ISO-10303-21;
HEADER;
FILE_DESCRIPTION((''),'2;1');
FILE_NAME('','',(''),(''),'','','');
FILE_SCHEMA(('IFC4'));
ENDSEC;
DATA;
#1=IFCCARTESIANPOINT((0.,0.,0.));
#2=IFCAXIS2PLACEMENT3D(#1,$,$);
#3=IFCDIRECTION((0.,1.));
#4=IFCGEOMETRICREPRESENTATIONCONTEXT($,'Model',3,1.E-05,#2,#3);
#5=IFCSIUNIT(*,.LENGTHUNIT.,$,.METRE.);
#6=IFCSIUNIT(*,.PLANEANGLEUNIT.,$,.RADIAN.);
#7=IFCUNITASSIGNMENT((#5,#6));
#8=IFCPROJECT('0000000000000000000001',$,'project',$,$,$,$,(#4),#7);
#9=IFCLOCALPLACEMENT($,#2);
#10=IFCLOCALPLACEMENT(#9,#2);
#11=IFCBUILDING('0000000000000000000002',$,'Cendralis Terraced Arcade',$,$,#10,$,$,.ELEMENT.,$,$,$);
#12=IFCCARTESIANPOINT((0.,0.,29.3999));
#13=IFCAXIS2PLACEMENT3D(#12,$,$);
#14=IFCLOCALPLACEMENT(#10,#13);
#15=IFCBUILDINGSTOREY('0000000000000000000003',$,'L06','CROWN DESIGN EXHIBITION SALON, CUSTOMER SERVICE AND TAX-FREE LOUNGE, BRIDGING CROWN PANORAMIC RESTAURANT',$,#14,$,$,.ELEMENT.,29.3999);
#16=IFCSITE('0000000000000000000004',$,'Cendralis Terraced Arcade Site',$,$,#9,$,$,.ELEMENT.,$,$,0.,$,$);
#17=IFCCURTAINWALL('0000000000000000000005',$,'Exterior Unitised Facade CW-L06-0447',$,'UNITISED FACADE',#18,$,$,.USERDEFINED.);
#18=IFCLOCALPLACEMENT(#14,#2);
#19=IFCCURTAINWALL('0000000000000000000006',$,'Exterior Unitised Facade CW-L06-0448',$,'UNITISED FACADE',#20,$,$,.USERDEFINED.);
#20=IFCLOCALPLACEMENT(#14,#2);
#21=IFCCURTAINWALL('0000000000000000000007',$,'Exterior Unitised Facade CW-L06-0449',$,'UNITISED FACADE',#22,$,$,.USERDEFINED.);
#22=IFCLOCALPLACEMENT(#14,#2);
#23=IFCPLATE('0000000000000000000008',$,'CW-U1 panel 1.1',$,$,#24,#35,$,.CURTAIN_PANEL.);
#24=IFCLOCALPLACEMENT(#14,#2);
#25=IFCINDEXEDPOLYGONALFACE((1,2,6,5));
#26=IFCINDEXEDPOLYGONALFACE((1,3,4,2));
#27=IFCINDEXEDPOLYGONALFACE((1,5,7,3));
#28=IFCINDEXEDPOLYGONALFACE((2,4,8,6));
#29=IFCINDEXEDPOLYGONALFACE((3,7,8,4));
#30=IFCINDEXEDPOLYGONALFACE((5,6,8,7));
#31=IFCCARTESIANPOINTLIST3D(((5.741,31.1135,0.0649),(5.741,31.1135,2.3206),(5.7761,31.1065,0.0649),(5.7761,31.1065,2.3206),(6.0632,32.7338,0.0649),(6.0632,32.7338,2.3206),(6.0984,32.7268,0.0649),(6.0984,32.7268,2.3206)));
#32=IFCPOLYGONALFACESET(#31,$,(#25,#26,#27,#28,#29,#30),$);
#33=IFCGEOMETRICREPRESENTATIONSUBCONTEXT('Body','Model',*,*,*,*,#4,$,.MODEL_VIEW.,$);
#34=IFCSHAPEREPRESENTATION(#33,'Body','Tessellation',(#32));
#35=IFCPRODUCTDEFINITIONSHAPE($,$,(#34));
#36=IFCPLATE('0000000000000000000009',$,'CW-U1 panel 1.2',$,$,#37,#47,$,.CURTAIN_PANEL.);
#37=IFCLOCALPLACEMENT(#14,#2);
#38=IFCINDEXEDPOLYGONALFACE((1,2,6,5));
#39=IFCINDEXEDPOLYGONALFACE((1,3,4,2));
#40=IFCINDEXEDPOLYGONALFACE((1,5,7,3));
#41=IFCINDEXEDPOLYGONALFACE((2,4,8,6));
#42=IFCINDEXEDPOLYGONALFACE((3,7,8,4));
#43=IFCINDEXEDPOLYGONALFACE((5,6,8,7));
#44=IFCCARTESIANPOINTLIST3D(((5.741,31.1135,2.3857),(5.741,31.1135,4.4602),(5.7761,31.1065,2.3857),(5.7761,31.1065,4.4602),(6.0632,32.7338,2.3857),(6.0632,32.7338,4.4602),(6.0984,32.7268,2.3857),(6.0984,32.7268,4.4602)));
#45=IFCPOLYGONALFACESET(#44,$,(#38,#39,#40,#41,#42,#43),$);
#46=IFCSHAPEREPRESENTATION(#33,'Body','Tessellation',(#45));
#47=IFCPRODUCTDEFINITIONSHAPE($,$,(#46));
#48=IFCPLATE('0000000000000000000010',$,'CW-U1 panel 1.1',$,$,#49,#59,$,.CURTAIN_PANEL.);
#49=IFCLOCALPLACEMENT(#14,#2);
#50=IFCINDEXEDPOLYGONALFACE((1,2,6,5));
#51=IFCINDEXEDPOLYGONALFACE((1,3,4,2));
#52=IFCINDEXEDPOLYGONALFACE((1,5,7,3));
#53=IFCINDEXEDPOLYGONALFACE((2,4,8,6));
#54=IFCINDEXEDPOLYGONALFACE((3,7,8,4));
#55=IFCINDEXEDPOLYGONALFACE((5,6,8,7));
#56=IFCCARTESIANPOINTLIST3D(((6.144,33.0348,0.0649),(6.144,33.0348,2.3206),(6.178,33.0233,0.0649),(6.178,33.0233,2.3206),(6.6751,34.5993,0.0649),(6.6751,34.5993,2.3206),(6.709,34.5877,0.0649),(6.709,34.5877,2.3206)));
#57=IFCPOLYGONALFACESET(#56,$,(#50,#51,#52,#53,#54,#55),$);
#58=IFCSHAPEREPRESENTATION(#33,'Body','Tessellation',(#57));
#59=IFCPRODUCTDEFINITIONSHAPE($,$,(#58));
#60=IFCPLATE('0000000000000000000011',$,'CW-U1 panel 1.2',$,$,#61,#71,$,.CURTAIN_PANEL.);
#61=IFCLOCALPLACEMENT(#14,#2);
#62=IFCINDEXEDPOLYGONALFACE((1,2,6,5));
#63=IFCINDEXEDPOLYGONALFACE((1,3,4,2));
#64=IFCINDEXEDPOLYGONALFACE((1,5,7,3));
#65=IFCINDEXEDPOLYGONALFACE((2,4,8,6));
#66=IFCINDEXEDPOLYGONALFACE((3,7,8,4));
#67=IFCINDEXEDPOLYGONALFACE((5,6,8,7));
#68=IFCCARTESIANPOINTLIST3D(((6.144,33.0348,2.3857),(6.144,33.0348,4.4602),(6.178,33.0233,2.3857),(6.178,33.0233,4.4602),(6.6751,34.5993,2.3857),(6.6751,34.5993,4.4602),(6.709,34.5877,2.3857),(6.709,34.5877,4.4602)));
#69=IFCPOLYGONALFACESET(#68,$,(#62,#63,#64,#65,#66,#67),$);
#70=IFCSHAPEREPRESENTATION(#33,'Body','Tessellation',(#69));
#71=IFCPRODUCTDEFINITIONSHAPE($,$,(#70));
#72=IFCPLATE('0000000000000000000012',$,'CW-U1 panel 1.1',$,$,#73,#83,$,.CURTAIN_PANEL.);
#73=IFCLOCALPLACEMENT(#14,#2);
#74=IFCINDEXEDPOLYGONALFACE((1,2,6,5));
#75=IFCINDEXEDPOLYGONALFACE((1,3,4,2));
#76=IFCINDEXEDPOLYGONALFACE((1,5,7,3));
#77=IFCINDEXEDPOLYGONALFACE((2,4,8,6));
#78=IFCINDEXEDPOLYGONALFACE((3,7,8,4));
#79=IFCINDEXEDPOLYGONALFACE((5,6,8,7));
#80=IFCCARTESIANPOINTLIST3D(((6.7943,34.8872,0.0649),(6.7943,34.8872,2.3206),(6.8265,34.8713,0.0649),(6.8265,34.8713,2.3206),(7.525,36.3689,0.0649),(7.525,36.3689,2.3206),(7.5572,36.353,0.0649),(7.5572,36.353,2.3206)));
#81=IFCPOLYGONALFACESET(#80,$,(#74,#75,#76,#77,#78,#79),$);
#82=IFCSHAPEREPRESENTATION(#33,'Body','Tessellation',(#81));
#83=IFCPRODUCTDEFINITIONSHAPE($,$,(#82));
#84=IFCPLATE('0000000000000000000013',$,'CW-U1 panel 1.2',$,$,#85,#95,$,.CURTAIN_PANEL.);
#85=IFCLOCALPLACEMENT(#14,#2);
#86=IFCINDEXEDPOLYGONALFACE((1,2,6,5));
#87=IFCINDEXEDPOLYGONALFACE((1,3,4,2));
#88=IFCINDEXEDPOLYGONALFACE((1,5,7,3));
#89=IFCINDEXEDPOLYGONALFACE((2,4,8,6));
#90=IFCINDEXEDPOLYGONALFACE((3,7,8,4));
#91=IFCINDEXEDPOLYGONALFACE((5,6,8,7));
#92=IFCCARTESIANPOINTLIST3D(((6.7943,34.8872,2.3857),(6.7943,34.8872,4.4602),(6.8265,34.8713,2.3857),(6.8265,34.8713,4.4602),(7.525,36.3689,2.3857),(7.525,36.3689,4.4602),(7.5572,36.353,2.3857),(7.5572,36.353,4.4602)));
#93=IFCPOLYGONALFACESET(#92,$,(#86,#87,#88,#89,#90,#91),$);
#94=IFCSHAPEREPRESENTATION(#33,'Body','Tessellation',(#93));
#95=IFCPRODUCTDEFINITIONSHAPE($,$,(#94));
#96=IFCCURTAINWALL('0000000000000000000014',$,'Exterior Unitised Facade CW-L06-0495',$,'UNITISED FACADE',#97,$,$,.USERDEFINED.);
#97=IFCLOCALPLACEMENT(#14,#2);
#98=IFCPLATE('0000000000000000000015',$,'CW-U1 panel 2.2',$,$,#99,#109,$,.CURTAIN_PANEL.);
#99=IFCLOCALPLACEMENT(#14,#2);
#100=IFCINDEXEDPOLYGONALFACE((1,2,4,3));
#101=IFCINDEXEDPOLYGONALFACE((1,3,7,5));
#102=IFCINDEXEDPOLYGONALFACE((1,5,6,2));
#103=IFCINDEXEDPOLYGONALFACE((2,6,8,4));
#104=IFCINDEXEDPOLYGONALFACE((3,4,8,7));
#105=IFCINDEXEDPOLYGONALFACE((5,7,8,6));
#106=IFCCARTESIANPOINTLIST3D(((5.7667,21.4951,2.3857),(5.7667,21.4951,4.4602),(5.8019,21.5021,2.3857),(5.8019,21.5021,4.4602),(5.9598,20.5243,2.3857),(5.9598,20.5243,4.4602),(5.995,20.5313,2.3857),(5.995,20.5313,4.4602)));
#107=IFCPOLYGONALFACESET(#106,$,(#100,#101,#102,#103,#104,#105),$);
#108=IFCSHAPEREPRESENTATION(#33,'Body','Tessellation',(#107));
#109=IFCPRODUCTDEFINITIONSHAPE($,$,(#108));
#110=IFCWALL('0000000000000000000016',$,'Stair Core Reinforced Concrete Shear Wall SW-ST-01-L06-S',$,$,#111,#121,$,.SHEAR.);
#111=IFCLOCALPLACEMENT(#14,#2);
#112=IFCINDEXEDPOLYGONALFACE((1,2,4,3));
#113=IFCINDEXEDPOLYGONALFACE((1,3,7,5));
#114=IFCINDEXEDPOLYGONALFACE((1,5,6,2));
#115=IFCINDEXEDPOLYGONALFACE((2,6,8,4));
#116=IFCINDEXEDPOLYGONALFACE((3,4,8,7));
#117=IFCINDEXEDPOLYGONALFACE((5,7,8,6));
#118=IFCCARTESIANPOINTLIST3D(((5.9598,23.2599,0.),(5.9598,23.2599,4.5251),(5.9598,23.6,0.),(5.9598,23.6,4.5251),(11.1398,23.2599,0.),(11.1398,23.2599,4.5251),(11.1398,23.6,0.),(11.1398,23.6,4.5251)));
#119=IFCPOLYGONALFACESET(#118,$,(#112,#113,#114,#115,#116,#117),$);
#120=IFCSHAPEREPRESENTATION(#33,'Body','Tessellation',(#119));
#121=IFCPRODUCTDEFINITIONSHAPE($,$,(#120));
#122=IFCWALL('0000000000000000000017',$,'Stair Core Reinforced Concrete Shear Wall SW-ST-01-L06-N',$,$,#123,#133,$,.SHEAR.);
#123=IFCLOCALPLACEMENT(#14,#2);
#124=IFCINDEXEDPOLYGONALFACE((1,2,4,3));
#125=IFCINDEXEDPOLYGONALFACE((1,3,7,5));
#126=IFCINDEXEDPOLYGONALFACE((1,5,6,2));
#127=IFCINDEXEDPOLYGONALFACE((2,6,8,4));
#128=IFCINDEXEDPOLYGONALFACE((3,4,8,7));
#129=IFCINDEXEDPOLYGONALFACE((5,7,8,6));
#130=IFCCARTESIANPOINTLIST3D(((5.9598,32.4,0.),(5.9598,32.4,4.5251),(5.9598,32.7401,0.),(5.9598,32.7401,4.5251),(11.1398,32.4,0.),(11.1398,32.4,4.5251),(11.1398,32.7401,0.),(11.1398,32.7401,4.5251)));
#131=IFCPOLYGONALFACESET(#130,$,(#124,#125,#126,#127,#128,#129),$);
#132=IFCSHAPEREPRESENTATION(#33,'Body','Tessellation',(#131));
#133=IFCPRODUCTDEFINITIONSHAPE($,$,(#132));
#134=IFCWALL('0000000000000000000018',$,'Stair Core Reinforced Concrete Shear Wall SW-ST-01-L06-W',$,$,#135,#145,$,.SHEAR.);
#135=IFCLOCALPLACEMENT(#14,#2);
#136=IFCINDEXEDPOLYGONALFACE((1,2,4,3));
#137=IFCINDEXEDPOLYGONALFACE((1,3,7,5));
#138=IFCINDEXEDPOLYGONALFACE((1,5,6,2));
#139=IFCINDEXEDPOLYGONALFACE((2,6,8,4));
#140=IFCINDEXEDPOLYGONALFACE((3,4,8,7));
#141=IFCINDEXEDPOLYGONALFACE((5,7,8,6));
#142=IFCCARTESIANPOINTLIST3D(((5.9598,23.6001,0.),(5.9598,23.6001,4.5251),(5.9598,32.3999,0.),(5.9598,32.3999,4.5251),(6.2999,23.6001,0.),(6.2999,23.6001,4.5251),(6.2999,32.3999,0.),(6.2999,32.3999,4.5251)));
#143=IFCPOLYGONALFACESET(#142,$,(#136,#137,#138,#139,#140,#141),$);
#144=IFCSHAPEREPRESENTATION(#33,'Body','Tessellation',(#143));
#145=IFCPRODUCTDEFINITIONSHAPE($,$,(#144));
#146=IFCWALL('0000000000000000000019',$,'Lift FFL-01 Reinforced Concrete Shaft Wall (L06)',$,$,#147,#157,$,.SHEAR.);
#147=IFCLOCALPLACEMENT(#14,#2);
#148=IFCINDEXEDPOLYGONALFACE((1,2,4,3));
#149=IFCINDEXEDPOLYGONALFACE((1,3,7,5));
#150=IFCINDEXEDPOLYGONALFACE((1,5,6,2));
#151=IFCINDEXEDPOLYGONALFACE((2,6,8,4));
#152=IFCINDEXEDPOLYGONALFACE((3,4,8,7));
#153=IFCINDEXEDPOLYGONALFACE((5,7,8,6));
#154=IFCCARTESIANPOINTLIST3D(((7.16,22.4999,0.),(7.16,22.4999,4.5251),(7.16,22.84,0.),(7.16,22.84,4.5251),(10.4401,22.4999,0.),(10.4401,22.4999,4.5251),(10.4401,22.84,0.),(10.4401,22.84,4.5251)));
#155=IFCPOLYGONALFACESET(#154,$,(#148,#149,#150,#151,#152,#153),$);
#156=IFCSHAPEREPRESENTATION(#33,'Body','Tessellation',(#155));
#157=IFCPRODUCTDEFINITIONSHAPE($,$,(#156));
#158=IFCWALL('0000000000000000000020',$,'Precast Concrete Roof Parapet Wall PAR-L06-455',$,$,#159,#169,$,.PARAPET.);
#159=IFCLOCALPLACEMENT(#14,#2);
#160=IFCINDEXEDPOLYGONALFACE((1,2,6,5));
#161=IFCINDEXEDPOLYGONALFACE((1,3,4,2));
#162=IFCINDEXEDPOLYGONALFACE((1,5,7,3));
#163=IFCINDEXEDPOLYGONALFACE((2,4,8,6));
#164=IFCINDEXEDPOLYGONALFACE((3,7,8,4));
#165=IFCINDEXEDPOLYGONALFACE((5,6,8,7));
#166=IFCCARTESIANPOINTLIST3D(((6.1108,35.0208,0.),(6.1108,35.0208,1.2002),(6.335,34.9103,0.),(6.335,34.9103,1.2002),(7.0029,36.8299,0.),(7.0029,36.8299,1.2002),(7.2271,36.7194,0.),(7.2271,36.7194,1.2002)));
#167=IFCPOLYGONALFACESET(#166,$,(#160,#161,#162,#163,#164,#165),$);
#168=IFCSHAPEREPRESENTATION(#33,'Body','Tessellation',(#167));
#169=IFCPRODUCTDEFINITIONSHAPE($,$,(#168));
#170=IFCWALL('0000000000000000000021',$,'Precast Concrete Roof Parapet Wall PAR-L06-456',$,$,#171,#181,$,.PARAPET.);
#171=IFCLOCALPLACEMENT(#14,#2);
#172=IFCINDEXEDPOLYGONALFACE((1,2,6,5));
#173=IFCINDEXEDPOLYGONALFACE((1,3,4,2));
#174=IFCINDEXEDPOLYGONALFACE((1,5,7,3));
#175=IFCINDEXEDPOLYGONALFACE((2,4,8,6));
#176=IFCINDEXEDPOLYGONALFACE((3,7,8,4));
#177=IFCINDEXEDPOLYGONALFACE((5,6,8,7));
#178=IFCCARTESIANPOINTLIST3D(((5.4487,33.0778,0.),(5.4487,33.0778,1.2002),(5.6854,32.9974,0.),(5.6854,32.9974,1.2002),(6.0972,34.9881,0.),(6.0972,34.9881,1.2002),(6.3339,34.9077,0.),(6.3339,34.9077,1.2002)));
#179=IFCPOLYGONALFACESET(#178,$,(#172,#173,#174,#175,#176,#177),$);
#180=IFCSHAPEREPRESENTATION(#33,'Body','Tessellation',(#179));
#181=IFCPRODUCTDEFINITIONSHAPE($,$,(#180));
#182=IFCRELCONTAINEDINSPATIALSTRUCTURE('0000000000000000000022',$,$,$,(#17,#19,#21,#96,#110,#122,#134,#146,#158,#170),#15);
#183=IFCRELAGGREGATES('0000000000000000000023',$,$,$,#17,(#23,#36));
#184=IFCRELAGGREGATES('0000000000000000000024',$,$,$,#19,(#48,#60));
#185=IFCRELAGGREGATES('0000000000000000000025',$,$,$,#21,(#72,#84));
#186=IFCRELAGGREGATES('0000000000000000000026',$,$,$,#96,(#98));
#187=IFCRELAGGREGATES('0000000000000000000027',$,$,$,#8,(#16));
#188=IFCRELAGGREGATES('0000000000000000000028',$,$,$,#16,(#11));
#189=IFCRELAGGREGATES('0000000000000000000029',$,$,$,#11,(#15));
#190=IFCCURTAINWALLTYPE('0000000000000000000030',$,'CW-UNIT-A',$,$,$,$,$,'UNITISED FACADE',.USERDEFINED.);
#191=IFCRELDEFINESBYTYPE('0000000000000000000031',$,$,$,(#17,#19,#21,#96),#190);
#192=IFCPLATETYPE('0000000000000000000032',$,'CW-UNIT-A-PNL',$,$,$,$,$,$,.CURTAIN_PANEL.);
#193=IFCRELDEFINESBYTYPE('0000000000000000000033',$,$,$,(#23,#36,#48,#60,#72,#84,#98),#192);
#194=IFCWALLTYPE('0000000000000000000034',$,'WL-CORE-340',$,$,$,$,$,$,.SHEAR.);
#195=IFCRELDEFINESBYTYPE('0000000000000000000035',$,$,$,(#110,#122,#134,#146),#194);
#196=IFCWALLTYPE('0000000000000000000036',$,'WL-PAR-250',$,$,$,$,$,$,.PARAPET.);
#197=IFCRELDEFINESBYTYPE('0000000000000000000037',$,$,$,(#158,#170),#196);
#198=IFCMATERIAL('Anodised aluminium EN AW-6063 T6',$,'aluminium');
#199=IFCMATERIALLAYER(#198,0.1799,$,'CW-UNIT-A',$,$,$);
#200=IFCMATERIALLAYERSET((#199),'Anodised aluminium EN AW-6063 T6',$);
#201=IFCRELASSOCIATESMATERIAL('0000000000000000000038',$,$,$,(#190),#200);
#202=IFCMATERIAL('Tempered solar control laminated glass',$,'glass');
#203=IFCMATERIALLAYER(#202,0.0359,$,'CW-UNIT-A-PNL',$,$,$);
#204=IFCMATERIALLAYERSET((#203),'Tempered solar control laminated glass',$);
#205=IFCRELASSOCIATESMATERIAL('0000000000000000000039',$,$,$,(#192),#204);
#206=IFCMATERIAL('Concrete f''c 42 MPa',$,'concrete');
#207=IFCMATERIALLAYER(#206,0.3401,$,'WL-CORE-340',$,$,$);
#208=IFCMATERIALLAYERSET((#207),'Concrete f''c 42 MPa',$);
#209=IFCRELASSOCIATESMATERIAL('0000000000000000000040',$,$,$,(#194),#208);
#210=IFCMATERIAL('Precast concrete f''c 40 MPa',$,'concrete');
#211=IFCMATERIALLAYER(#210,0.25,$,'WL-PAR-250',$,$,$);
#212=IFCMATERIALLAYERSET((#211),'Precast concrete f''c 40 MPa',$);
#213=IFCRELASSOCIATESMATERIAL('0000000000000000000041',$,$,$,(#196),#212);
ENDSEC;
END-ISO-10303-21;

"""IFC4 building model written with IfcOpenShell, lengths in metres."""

from ifc_helpers import new_model, si_unit, direction, frame, frame_2d, origin, origin_2d, place, context, subcontext, project, spatial, rectangle, extrude, material, layer, layer_set, type_object, element, aggregate, save


model = new_model("IFC4")

# Units and contexts
model_context = context("Model", 3, precision=1e-05, world=origin(), true_north=direction((0.0, 1.0)))
body_context = subcontext(model_context, "Body", "Model", "MODEL_VIEW")
ifc_project = project(units=[si_unit("LENGTHUNIT", "METRE"), si_unit("PLANEANGLEUNIT", "RADIAN")], contexts=[model_context])

# Site, building, storey
site_placement = place(None, origin())
site = spatial("IfcSite", under=ifc_project, at=site_placement, Name="Cendralis Terraced Arcade Site", CompositionType="ELEMENT", RefElevation=0.0)
building_placement = place(site_placement, origin())
building = spatial("IfcBuilding", under=site, at=building_placement, Name="Cendralis Terraced Arcade", CompositionType="ELEMENT")
storey_placement = place(building_placement, frame((0.0, 0.0, 29.3999)))
storey = spatial("IfcBuildingStorey", under=building, at=storey_placement, Name="L06", Description="CROWN DESIGN EXHIBITION SALON, CUSTOMER SERVICE AND TAX-FREE LOUNGE, BRIDGING CROWN PANORAMIC RESTAURANT", CompositionType="ELEMENT", Elevation=29.3999)

# Curtain wall
ifc_material_1 = material(Name="Anodised aluminium EN AW-6063 T6", Category="aluminium")
ifc_layer_1 = layer(ifc_material_1, 0.1799, Name="CW-UNIT-A")
ifc_layer_set_1 = layer_set([ifc_layer_1], Name="Anodised aluminium EN AW-6063 T6")
curtain_wall_type = type_object("IfcCurtainWallType", Name="CW-UNIT-A", ElementType="UNITISED FACADE", PredefinedType="USERDEFINED", material=ifc_layer_set_1)
curtain_wall_1_placement = place(storey_placement, origin())
curtain_wall_1 = element("IfcCurtainWall", 1, at=curtain_wall_1_placement, inside=storey, type_object=curtain_wall_type, Name="Exterior Unitised Facade CW-L06-0447", ObjectType="UNITISED FACADE", PredefinedType="USERDEFINED")

# Curtain walls
curtain_wall_2_placement = place(storey_placement, origin())
curtain_wall_2 = element("IfcCurtainWall", 2, at=curtain_wall_2_placement, inside=storey, type_object=curtain_wall_type, Name="Exterior Unitised Facade CW-L06-0448", ObjectType="UNITISED FACADE", PredefinedType="USERDEFINED")
curtain_wall_3_placement = place(storey_placement, origin())
curtain_wall_3 = element("IfcCurtainWall", 3, at=curtain_wall_3_placement, inside=storey, type_object=curtain_wall_type, Name="Exterior Unitised Facade CW-L06-0449", ObjectType="UNITISED FACADE", PredefinedType="USERDEFINED")

# Plates
ifc_material_2 = material(Name="Tempered solar control laminated glass", Category="glass")
ifc_layer_2 = layer(ifc_material_2, 0.0359, Name="CW-UNIT-A-PNL")
ifc_layer_set_2 = layer_set([ifc_layer_2], Name="Tempered solar control laminated glass")
plate_type = type_object("IfcPlateType", Name="CW-UNIT-A-PNL", PredefinedType="CURTAIN_PANEL", material=ifc_layer_set_2)
plate_1_placement = place(storey_placement, frame((5.9197, 31.9202, 0.0649), z_axis=(0.0, 0.0, 1.0), x_axis=(0.195058, 0.980792, 0.0)))
plate_1 = element("IfcPlate", 4, at=plate_1_placement, type_object=plate_type, Name="CW-U1 panel 1.1", PredefinedType="CURTAIN_PANEL", context=body_context, shape_type="SweptSolid", body=[
    extrude(rectangle(XDim=1.6521, YDim=0.0359, at=origin_2d()), origin(), (0.0, 0.0, 1.0), 2.2556),
])
plate_2_placement = place(storey_placement, frame((5.9197, 31.9202, 2.3857), z_axis=(0.0, 0.0, 1.0), x_axis=(0.195058, 0.980792, 0.0)))
plate_2 = element("IfcPlate", 5, at=plate_2_placement, type_object=plate_type, Name="CW-U1 panel 1.2", PredefinedType="CURTAIN_PANEL", context=body_context, shape_type="SweptSolid", body=[
    extrude(rectangle(XDim=1.6521, YDim=0.0359, at=origin_2d()), origin(), (0.0, 0.0, 1.0), 2.0745),
])
aggregate(curtain_wall_1, [plate_1, plate_2])
plate_3_placement = place(storey_placement, frame((6.4265, 33.8113, 0.0649), z_axis=(0.0, 0.0, 1.0), x_axis=(0.321458, 0.946924, 0.0)))
plate_3 = element("IfcPlate", 6, at=plate_3_placement, type_object=plate_type, Name="CW-U1 panel 1.1", PredefinedType="CURTAIN_PANEL", context=body_context, shape_type="SweptSolid", body=[
    extrude(rectangle(XDim=1.6521, YDim=0.0359, at=origin_2d()), origin(), (0.0, 0.0, 1.0), 2.2556),
])
plate_4_placement = place(storey_placement, frame((6.4265, 33.8113, 2.3857), z_axis=(0.0, 0.0, 1.0), x_axis=(0.321458, 0.946924, 0.0)))
plate_4 = element("IfcPlate", 7, at=plate_4_placement, type_object=plate_type, Name="CW-U1 panel 1.2", PredefinedType="CURTAIN_PANEL", context=body_context, shape_type="SweptSolid", body=[
    extrude(rectangle(XDim=1.6521, YDim=0.0359, at=origin_2d()), origin(), (0.0, 0.0, 1.0), 2.0745),
])
aggregate(curtain_wall_2, [plate_3, plate_4])
plate_5_placement = place(storey_placement, frame((7.1758, 35.6201, 0.0649), z_axis=(0.0, 0.0, 1.0), x_axis=(0.442291, 0.896871, 0.0)))
plate_5 = element("IfcPlate", 8, at=plate_5_placement, type_object=plate_type, Name="CW-U1 panel 1.1", PredefinedType="CURTAIN_PANEL", context=body_context, shape_type="SweptSolid", body=[
    extrude(rectangle(XDim=1.6521, YDim=0.0359, at=origin_2d()), origin(), (0.0, 0.0, 1.0), 2.2556),
])
plate_6_placement = place(storey_placement, frame((7.1758, 35.6201, 2.3857), z_axis=(0.0, 0.0, 1.0), x_axis=(0.442291, 0.896871, 0.0)))
plate_6 = element("IfcPlate", 9, at=plate_6_placement, type_object=plate_type, Name="CW-U1 panel 1.2", PredefinedType="CURTAIN_PANEL", context=body_context, shape_type="SweptSolid", body=[
    extrude(rectangle(XDim=1.6521, YDim=0.0359, at=origin_2d()), origin(), (0.0, 0.0, 1.0), 2.0745),
])
aggregate(curtain_wall_3, [plate_5, plate_6])

# Curtain wall, plate
curtain_wall_4_placement = place(storey_placement, origin())
curtain_wall_4 = element("IfcCurtainWall", 10, at=curtain_wall_4_placement, inside=storey, type_object=curtain_wall_type, Name="Exterior Unitised Facade CW-L06-0495", ObjectType="UNITISED FACADE", PredefinedType="USERDEFINED")
plate_7_placement = place(storey_placement, frame((5.8809, 21.0132, 2.3857), z_axis=(0.0, 0.0, 1.0), x_axis=(-0.195046, 0.980794, 0.0)))
plate_7 = element("IfcPlate", 11, at=plate_7_placement, type_object=plate_type, Name="CW-U1 panel 2.2", PredefinedType="CURTAIN_PANEL", context=body_context, shape_type="SweptSolid", body=[
    extrude(rectangle(XDim=0.9897, YDim=0.0359, at=origin_2d()), origin(), (0.0, 0.0, 1.0), 2.0745),
])
aggregate(curtain_wall_4, [plate_7])

# Walls
ifc_material_3 = material(Name="Concrete f'c 42 MPa", Category="concrete")
ifc_layer_3 = layer(ifc_material_3, 0.3401, Name="WL-CORE-340")
ifc_layer_set_3 = layer_set([ifc_layer_3], Name="Concrete f'c 42 MPa")
wall_type_1 = type_object("IfcWallType", Name="WL-CORE-340", PredefinedType="SHEAR", material=ifc_layer_set_3)
for number, where, z_axis, x_axis, name in (
    (12, (5.96, 23.4299, 0.0), (0.0, 0.0, 1.0), (1.0, 0.0, 0.0), "Stair Core Reinforced Concrete Shear Wall SW-ST-01-L06-S"),
    (13, (5.96, 32.5701, 0.0), (0.0, 0.0, 1.0), (1.0, 0.0, 0.0), "Stair Core Reinforced Concrete Shear Wall SW-ST-01-L06-N"),
):
    element("IfcWall", number, at=place(storey_placement, frame(where, z_axis=z_axis, x_axis=x_axis)), inside=storey, type_object=wall_type_1, Name=name, PredefinedType="SHEAR", context=body_context, shape_type="SweptSolid", body=[
        extrude(rectangle(XDim=5.1799, YDim=0.3401, at=frame_2d((2.5898, 0.0))), origin(), (0.0, 0.0, 1.0), 4.5251),
    ])
wall_1_placement = place(storey_placement, frame((6.1299, 23.6001, 0.0), z_axis=(0.0, 0.0, 1.0), x_axis=(0.0, 1.0, 0.0)))
element("IfcWall", 14, at=wall_1_placement, inside=storey, type_object=wall_type_1, Name="Stair Core Reinforced Concrete Shear Wall SW-ST-01-L06-W", PredefinedType="SHEAR", context=body_context, shape_type="SweptSolid", body=[
    extrude(rectangle(XDim=8.7998, YDim=0.3401, at=frame_2d((4.3999, 0.0))), origin(), (0.0, 0.0, 1.0), 4.5251),
])
wall_2_placement = place(storey_placement, frame((7.1599, 22.6699, 0.0), z_axis=(0.0, 0.0, 1.0), x_axis=(1.0, 0.0, 0.0)))
element("IfcWall", 15, at=wall_2_placement, inside=storey, type_object=wall_type_1, Name="Lift FFL-01 Reinforced Concrete Shaft Wall (L06)", PredefinedType="SHEAR", context=body_context, shape_type="SweptSolid", body=[
    extrude(rectangle(XDim=3.28, YDim=0.3401, at=frame_2d((1.6401, 0.0))), origin(), (0.0, 0.0, 1.0), 4.5251),
])
ifc_material_4 = material(Name="Precast concrete f'c 40 MPa", Category="concrete")
ifc_layer_4 = layer(ifc_material_4, 0.25, Name="WL-PAR-250")
ifc_layer_set_4 = layer_set([ifc_layer_4], Name="Precast concrete f'c 40 MPa")
wall_type_2 = type_object("IfcWallType", Name="WL-PAR-250", PredefinedType="PARAPET", material=ifc_layer_set_4)
wall_3_placement = place(storey_placement, frame((7.115, 36.7747, 0.0), z_axis=(0.0, 0.0, 1.0), x_axis=(-0.442268, -0.896883, 0.0)))
element("IfcWall", 16, at=wall_3_placement, inside=storey, type_object=wall_type_2, Name="Precast Concrete Roof Parapet Wall PAR-L06-455", PredefinedType="PARAPET", context=body_context, shape_type="SweptSolid", body=[
    extrude(rectangle(XDim=2.0171, YDim=0.25, at=frame_2d((1.0085, 0.0))), origin(), (0.0, 0.0, 1.0), 1.2002),
])
wall_4_placement = place(storey_placement, frame((6.2156, 34.948, 0.0), z_axis=(0.0, 0.0, 1.0), x_axis=(-0.321451, -0.946926, 0.0)))
element("IfcWall", 17, at=wall_4_placement, inside=storey, type_object=wall_type_2, Name="Precast Concrete Roof Parapet Wall PAR-L06-456", PredefinedType="PARAPET", context=body_context, shape_type="SweptSolid", body=[
    extrude(rectangle(XDim=2.0173, YDim=0.25, at=frame_2d((1.0088, 0.0))), origin(), (0.0, 0.0, 1.0), 1.2002),
])

save(model, "model.ifc")
